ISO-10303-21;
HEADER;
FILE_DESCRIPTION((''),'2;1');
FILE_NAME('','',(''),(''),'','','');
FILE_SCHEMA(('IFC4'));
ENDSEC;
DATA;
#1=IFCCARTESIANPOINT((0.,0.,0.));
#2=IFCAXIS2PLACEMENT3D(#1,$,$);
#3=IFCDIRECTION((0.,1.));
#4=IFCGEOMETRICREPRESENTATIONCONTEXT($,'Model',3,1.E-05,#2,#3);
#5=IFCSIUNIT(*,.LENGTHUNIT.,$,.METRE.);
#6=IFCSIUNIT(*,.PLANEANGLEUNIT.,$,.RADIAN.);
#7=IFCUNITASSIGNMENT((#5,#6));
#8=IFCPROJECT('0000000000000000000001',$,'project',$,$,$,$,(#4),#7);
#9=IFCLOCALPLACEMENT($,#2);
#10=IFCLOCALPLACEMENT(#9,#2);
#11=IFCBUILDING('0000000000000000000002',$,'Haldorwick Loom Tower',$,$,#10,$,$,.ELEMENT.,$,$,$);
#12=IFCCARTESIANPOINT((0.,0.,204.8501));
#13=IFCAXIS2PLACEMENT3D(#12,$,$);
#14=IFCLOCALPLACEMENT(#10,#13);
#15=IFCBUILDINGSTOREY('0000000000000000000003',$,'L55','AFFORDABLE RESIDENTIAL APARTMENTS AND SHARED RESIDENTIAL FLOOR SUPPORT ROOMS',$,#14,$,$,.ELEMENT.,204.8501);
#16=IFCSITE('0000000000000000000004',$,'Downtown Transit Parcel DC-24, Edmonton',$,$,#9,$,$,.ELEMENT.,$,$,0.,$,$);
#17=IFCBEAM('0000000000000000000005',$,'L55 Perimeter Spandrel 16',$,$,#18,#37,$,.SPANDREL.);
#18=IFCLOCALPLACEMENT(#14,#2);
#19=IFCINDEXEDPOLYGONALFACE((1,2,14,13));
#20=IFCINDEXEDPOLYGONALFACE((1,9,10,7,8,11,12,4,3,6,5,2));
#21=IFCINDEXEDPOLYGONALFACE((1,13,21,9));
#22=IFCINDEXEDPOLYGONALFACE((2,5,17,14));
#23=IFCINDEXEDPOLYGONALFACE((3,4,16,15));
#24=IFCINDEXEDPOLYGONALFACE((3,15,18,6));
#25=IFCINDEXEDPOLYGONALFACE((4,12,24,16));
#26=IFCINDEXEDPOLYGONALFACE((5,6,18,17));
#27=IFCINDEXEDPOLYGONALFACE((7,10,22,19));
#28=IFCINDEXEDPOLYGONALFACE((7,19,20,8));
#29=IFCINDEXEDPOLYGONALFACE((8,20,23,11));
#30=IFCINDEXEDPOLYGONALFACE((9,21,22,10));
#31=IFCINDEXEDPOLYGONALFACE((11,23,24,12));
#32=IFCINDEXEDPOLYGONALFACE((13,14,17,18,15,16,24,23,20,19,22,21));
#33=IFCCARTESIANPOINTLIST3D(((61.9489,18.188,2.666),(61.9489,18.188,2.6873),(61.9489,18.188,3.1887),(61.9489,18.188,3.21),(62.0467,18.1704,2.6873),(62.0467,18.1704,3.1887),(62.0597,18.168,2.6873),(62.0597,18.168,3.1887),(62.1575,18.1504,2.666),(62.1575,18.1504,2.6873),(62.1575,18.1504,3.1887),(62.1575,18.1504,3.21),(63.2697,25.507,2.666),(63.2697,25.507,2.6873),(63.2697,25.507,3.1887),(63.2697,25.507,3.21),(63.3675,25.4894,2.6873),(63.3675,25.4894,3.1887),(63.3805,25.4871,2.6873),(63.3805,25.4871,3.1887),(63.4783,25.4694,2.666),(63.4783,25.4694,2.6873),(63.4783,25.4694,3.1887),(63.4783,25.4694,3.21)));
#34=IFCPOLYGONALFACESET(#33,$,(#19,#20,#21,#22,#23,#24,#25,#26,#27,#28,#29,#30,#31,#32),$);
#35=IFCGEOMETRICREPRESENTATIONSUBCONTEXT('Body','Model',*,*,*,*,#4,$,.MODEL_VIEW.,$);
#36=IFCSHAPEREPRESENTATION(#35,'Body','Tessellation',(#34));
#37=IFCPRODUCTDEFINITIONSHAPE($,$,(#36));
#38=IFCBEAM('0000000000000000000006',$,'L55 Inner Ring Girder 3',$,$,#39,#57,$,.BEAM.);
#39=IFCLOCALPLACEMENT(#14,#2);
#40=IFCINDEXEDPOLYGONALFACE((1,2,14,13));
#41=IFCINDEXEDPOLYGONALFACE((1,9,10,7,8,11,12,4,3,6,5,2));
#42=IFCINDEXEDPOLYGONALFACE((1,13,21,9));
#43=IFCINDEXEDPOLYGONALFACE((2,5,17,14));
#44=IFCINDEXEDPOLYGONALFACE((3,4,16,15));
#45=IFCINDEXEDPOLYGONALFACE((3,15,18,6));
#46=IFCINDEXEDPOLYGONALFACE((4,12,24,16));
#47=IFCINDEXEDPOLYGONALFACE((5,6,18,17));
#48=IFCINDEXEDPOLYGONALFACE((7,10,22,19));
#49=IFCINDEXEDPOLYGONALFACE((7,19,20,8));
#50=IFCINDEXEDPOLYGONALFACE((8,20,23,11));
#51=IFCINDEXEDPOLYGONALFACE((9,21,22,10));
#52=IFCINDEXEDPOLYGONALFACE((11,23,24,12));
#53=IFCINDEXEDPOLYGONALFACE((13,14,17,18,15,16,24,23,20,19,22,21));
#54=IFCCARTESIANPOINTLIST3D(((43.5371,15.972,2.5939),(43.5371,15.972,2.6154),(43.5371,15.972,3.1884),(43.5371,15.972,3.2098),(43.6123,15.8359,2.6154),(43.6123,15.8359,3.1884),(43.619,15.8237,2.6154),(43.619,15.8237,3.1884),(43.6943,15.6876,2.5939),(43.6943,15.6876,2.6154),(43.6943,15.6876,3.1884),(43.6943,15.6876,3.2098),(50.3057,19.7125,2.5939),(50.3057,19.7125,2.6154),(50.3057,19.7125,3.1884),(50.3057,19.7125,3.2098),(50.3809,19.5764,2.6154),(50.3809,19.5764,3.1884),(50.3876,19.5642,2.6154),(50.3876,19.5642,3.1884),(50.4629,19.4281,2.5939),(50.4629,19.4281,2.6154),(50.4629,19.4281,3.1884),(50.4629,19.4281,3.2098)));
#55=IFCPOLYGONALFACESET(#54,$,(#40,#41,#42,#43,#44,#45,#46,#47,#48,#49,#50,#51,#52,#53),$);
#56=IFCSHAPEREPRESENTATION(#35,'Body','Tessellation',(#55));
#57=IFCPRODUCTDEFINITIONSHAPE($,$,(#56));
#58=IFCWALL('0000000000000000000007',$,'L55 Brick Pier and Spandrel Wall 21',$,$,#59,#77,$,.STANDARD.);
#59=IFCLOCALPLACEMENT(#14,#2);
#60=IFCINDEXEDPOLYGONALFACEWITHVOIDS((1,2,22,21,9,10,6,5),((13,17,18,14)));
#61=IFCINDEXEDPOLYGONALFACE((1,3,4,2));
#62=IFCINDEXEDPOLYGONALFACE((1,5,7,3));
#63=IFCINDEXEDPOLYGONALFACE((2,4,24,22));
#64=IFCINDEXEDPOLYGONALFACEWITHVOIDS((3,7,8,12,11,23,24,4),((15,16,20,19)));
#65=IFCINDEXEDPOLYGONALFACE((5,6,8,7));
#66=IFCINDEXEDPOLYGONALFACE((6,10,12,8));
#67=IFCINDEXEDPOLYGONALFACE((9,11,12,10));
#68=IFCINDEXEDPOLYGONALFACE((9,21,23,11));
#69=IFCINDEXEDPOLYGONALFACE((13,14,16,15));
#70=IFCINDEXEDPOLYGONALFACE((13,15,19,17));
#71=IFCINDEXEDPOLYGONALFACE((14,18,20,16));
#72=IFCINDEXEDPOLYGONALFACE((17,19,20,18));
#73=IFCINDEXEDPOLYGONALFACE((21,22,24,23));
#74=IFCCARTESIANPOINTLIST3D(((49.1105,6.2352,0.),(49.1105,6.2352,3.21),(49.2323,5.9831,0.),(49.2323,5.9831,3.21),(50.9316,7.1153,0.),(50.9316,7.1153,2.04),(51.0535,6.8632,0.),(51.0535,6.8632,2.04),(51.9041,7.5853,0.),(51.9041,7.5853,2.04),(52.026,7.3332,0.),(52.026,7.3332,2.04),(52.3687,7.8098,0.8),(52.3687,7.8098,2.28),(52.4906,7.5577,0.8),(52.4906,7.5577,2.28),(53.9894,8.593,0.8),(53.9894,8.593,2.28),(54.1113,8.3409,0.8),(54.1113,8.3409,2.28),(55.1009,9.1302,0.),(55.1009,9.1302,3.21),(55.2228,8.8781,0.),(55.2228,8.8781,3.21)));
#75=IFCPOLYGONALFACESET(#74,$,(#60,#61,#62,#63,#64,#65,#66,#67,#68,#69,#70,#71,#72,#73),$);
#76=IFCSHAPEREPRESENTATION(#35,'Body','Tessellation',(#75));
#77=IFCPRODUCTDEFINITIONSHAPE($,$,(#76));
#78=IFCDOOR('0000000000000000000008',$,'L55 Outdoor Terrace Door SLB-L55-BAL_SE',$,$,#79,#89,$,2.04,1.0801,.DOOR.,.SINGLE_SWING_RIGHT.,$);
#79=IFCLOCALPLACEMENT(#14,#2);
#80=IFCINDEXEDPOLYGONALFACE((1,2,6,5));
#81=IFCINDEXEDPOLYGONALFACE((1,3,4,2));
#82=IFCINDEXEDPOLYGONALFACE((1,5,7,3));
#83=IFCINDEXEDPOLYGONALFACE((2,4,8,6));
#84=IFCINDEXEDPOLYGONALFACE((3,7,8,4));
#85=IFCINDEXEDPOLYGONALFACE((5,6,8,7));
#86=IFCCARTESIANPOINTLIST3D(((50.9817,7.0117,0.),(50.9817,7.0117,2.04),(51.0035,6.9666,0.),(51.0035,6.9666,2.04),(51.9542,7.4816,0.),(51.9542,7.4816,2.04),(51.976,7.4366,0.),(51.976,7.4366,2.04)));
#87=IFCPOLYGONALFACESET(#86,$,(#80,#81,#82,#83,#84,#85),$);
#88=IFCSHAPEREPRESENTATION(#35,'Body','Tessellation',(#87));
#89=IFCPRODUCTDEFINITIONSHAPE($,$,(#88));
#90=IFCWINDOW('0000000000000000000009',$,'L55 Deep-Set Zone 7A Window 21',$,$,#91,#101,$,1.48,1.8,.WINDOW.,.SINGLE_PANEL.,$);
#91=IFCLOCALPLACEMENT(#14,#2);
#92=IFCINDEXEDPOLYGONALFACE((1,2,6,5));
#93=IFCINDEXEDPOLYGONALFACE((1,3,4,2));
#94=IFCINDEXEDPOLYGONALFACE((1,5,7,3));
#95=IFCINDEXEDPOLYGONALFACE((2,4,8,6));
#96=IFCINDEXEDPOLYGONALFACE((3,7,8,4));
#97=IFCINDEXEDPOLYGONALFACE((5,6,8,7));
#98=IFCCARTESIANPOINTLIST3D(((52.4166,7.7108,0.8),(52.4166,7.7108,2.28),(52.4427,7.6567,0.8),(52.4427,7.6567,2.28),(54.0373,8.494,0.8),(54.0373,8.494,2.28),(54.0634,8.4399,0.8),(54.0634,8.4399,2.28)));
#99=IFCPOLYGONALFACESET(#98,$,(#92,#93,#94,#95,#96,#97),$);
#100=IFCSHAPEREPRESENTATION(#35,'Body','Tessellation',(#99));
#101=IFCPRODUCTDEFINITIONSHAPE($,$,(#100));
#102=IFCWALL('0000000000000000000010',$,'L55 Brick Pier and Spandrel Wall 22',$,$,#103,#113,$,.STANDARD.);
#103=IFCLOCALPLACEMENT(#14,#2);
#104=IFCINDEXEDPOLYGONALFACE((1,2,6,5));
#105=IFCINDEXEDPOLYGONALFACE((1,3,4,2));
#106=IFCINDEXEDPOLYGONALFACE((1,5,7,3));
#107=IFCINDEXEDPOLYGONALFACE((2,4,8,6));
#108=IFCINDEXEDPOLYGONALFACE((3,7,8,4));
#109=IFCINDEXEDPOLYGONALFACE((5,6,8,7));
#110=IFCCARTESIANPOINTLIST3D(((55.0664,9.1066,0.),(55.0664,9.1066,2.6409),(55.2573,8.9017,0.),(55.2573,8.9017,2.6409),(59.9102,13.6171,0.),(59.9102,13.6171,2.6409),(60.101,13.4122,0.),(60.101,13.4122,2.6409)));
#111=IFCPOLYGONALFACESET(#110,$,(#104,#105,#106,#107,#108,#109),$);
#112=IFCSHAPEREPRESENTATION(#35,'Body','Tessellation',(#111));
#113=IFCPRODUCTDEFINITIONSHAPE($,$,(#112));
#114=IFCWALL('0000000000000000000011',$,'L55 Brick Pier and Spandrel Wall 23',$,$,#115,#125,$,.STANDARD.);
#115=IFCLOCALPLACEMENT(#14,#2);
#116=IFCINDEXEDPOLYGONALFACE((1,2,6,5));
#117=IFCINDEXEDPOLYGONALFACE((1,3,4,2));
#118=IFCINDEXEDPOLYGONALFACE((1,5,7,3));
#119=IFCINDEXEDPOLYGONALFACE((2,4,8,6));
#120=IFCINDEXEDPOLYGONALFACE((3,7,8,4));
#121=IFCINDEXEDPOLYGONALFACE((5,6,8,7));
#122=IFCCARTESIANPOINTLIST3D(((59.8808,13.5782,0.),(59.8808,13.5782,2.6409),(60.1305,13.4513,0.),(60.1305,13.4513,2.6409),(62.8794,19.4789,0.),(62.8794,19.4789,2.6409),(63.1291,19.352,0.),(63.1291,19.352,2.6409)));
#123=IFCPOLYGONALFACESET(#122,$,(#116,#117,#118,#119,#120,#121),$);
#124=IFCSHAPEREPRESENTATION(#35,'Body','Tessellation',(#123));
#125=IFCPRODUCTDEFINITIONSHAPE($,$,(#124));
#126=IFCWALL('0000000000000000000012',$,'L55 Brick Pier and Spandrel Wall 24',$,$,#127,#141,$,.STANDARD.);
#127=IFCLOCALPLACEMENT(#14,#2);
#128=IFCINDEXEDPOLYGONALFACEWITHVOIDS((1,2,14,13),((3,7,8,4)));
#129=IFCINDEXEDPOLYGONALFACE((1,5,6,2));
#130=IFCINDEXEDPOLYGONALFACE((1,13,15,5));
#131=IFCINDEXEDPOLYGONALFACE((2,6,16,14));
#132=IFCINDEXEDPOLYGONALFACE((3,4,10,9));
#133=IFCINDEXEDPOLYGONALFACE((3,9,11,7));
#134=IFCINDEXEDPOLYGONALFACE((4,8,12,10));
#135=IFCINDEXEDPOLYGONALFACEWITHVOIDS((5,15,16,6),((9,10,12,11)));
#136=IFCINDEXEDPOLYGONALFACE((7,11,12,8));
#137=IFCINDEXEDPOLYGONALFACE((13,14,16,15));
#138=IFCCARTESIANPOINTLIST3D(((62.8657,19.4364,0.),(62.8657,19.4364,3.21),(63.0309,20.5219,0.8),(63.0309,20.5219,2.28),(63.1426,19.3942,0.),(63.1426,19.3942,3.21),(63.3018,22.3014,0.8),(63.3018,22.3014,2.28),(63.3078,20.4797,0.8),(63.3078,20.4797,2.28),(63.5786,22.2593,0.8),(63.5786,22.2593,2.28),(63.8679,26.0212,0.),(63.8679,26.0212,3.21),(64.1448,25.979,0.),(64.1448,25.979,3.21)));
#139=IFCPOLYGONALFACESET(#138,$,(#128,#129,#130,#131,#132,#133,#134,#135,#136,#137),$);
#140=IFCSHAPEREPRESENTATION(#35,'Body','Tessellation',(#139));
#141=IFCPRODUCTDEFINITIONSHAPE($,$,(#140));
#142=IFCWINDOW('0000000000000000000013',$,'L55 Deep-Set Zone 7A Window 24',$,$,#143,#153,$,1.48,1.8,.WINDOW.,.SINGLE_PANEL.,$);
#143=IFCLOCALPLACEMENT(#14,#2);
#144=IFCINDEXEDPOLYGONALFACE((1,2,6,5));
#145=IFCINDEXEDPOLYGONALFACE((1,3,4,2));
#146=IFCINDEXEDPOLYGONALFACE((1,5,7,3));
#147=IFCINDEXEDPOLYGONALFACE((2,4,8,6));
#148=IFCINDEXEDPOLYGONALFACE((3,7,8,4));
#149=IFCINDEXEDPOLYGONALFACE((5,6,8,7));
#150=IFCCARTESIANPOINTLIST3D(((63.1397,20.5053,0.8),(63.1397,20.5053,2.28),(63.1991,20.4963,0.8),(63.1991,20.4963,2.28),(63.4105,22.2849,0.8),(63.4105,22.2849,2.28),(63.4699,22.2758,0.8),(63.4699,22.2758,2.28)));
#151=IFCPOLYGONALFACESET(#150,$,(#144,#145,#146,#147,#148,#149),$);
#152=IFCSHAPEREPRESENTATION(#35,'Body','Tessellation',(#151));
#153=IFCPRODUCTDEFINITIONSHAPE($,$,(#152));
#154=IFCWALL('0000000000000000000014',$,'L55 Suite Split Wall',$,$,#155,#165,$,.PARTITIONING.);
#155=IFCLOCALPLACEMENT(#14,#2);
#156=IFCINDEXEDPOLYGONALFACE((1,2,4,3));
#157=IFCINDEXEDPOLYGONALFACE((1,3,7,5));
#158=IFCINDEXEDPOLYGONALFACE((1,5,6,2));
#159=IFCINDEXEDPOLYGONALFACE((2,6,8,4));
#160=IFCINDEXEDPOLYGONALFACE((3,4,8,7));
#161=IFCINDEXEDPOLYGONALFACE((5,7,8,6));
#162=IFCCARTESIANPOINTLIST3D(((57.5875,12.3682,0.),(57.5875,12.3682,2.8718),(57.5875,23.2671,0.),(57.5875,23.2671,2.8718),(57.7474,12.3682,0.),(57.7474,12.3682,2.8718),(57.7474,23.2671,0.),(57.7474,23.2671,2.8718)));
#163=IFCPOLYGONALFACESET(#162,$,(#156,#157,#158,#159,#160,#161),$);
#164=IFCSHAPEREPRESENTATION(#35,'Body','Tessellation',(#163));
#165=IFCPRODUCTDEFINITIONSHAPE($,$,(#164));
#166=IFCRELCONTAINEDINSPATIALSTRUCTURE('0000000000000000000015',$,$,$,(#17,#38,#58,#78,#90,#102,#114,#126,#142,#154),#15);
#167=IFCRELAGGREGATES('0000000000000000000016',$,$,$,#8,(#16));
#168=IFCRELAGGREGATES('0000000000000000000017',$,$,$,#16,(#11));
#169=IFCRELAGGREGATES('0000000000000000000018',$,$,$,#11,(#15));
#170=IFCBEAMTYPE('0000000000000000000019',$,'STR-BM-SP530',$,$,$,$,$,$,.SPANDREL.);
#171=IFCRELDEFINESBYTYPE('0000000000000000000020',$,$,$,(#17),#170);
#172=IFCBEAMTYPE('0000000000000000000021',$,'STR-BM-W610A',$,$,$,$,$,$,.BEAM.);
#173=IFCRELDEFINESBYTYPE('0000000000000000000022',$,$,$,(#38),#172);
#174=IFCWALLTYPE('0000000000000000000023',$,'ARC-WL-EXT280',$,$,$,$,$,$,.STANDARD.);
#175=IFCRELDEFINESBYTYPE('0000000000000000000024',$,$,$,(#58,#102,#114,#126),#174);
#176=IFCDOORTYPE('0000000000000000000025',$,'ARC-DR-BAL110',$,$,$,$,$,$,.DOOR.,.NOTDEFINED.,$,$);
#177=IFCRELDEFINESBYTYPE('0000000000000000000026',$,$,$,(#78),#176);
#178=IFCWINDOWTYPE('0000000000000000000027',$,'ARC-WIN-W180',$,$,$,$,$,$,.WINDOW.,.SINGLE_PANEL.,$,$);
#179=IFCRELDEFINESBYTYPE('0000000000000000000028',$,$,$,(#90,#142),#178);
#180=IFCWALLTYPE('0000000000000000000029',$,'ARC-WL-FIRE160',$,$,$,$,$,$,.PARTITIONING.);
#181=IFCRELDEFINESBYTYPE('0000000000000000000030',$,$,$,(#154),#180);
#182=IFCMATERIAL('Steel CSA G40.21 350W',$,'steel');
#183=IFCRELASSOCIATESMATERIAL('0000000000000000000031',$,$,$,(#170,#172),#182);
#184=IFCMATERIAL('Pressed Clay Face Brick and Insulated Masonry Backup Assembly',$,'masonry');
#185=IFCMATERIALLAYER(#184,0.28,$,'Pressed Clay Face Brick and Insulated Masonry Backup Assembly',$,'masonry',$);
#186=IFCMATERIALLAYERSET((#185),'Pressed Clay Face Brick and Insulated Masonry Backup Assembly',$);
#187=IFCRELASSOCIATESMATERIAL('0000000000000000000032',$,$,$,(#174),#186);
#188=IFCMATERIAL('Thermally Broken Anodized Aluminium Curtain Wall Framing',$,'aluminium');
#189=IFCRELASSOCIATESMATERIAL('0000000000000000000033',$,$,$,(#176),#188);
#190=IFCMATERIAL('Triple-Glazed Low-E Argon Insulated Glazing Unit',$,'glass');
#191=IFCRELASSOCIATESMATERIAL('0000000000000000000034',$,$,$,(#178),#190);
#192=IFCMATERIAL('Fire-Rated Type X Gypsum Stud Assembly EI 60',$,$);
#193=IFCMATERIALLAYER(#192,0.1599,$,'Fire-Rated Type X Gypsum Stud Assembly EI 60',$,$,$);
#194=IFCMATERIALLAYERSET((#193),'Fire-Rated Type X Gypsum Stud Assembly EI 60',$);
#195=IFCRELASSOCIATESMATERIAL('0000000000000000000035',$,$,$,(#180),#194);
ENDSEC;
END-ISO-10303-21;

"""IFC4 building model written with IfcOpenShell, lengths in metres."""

from ifc_helpers import new_model, si_unit, direction, frame, frame_2d, origin, origin_2d, place, context, subcontext, project, spatial, rectangle, i_section, extrude, material, layer, layer_set, material_profile, profile_set, type_object, element, fill, save


model = new_model("IFC4")

# Units and contexts
model_context = context("Model", 3, precision=1e-05, world=origin(), true_north=direction((0.0, 1.0)))
body_context = subcontext(model_context, "Body", "Model", "MODEL_VIEW")
ifc_project = project(units=[si_unit("LENGTHUNIT", "METRE"), si_unit("PLANEANGLEUNIT", "RADIAN")], contexts=[model_context])

# Site, building, storey
site_placement = place(None, origin())
site = spatial("IfcSite", under=ifc_project, at=site_placement, Name="Downtown Transit Parcel DC-24, Edmonton", CompositionType="ELEMENT", RefElevation=0.0)
building_placement = place(site_placement, origin())
building = spatial("IfcBuilding", under=site, at=building_placement, Name="Haldorwick Loom Tower", CompositionType="ELEMENT")
storey_placement = place(building_placement, frame((0.0, 0.0, 204.8501)))
storey = spatial("IfcBuildingStorey", under=building, at=storey_placement, Name="L55", Description="AFFORDABLE RESIDENTIAL APARTMENTS AND SHARED RESIDENTIAL FLOOR SUPPORT ROOMS", CompositionType="ELEMENT", Elevation=204.8501)

# Beams
ifc_material_1 = material(Name="Steel CSA G40.21 350W", Category="steel")
ifc_material_profile_1 = material_profile(ifc_material_1, i_section(OverallWidth=0.2119, OverallDepth=0.5439, WebThickness=0.0132, FlangeThickness=0.0212, at=origin_2d()), Name="W530X123", Category="steel")
ifc_profile_set_1 = profile_set([ifc_material_profile_1], Name="Steel CSA G40.21 350W")
beam_type_1 = type_object("IfcBeamType", Name="STR-BM-SP530", PredefinedType="SPANDREL", material=ifc_profile_set_1)
beam_1_placement = place(storey_placement, frame((62.0532, 18.1692, 2.938), z_axis=(0.177591, 0.984104, 0.0), x_axis=(-0.984104, 0.177591, 0.0)))
element("IfcBeam", 1, at=beam_1_placement, inside=storey, type_object=beam_type_1, Name="L55 Perimeter Spandrel 16", PredefinedType="SPANDREL", context=body_context, shape_type="SweptSolid", body=[
    extrude(i_section(OverallWidth=0.2119, OverallDepth=0.5439, WebThickness=0.0132, FlangeThickness=0.0212, at=origin_2d()), origin(), (0.0, 0.0, 1.0), 7.4373),
])
ifc_material_profile_2 = material_profile(ifc_material_1, i_section(OverallWidth=0.325, OverallDepth=0.616, WebThickness=0.0139, FlangeThickness=0.0215, at=origin_2d()), Name="W610X174", Category="steel")
ifc_profile_set_2 = profile_set([ifc_material_profile_2], Name="Steel CSA G40.21 350W")
beam_type_2 = type_object("IfcBeamType", Name="STR-BM-W610A", PredefinedType="BEAM", material=ifc_profile_set_2)
beam_2_placement = place(storey_placement, frame((50.3843, 19.5703, 2.9019), z_axis=(-0.875244, -0.483682, 0.0), x_axis=(0.483682, -0.875244, 0.0)))
element("IfcBeam", 2, at=beam_2_placement, inside=storey, type_object=beam_type_2, Name="L55 Inner Ring Girder 3", PredefinedType="BEAM", context=body_context, shape_type="SweptSolid", body=[
    extrude(i_section(OverallWidth=0.325, OverallDepth=0.616, WebThickness=0.0139, FlangeThickness=0.0215, at=origin_2d()), origin(), (0.0, 0.0, 1.0), 7.7334),
])

# Wall, openings, door, window
ifc_material_2 = material(Name="Pressed Clay Face Brick and Insulated Masonry Backup Assembly", Category="masonry")
ifc_layer_1 = layer(ifc_material_2, 0.28, Name="Pressed Clay Face Brick and Insulated Masonry Backup Assembly", Category="masonry")
ifc_layer_set_1 = layer_set([ifc_layer_1], Name="Pressed Clay Face Brick and Insulated Masonry Backup Assembly")
wall_type_1 = type_object("IfcWallType", Name="ARC-WL-EXT280", PredefinedType="STANDARD", material=ifc_layer_set_1)
wall_1_placement = place(storey_placement, frame((49.1714, 6.1091, 0.0), z_axis=(0.0, 0.0, 1.0), x_axis=(0.900371, 0.435123, 0.0)))
wall_1 = element("IfcWall", 3, at=wall_1_placement, inside=storey, type_object=wall_type_1, Name="L55 Brick Pier and Spandrel Wall 21", PredefinedType="STANDARD", context=body_context, shape_type="SweptSolid", body=[
    extrude(rectangle(XDim=6.6533, YDim=0.28, at=frame_2d((3.3267, 0.0))), origin(), (0.0, 0.0, 1.0), 3.21),
])
opening_1_placement = place(wall_1_placement, frame((2.0227, 0.0, 0.0)))
opening_1 = element("IfcOpeningElement", 4, at=opening_1_placement, cuts=wall_1, PredefinedType="OPENING", context=body_context, shape_type="SweptSolid", body=[
    extrude(rectangle(XDim=1.0801, YDim=2.04, at=frame_2d((0.54, 1.02))), frame((0.0, 0.1499, 0.0), z_axis=(0.0, -1.0, 0.0), x_axis=(1.0, 0.0, 0.0)), (0.0, 0.0, 1.0), 0.3),
])
opening_2_placement = place(wall_1_placement, frame((3.6189, 0.0, 0.8)))
opening_2 = element("IfcOpeningElement", 5, at=opening_2_placement, cuts=wall_1, PredefinedType="OPENING", context=body_context, shape_type="SweptSolid", body=[
    extrude(rectangle(XDim=1.8, YDim=1.48, at=frame_2d((0.8999, 0.74))), frame((0.0, 0.1499, 0.0), z_axis=(0.0, -1.0, 0.0), x_axis=(1.0, 0.0, 0.0)), (0.0, 0.0, 1.0), 0.3),
])
ifc_material_3 = material(Name="Thermally Broken Anodized Aluminium Curtain Wall Framing", Category="aluminium")
door_type = type_object("IfcDoorType", Name="ARC-DR-BAL110", OperationType="NOTDEFINED", PredefinedType="DOOR", material=ifc_material_3)
door_placement = place(opening_1_placement, origin())
door = element("IfcDoor", 6, at=door_placement, inside=storey, type_object=door_type, Name="L55 Outdoor Terrace Door SLB-L55-BAL_SE", OperationType="SINGLE_SWING_RIGHT", OverallHeight=2.04, OverallWidth=1.0801, PredefinedType="DOOR", context=body_context, shape_type="SweptSolid", body=[
    extrude(rectangle(XDim=1.0801, YDim=2.04, at=frame_2d((0.54, 1.02))), frame((0.0, 0.0249, 0.0), z_axis=(0.0, -1.0, 0.0), x_axis=(1.0, 0.0, 0.0)), (0.0, 0.0, 1.0), 0.05),
])
fill(opening_1, door)
ifc_material_4 = material(Name="Triple-Glazed Low-E Argon Insulated Glazing Unit", Category="glass")
window_type = type_object("IfcWindowType", Name="ARC-WIN-W180", PartitioningType="SINGLE_PANEL", PredefinedType="WINDOW", material=ifc_material_4)
window_1_placement = place(opening_2_placement, origin())
window_1 = element("IfcWindow", 7, at=window_1_placement, inside=storey, type_object=window_type, Name="L55 Deep-Set Zone 7A Window 21", OverallHeight=1.48, OverallWidth=1.8, PartitioningType="SINGLE_PANEL", PredefinedType="WINDOW", context=body_context, shape_type="SweptSolid", body=[
    extrude(rectangle(XDim=1.8, YDim=1.48, at=frame_2d((0.8999, 0.74))), frame((0.0, 0.03, 0.0), z_axis=(0.0, -1.0, 0.0), x_axis=(1.0, 0.0, 0.0)), (0.0, 0.0, 1.0), 0.0601),
])
fill(opening_2, window_1)

# Walls
wall_2_placement = place(storey_placement, frame((55.1619, 9.0042, 0.0), z_axis=(0.0, 0.0, 1.0), x_axis=(0.731834, 0.681483, 0.0)))
element("IfcWall", 8, at=wall_2_placement, inside=storey, type_object=wall_type_1, Name="L55 Brick Pier and Spandrel Wall 22", PredefinedType="STANDARD", context=body_context, shape_type="SweptSolid", body=[
    extrude(rectangle(XDim=6.6187, YDim=0.28, at=frame_2d((3.3093, 0.0))), origin(), (0.0, 0.0, 1.0), 2.6409),
])
wall_3_placement = place(storey_placement, frame((60.0056, 13.5146, 0.0), z_axis=(0.0, 0.0, 1.0), x_axis=(0.453032, 0.891494, 0.0)))
element("IfcWall", 9, at=wall_3_placement, inside=storey, type_object=wall_type_1, Name="L55 Brick Pier and Spandrel Wall 23", PredefinedType="STANDARD", context=body_context, shape_type="SweptSolid", body=[
    extrude(rectangle(XDim=6.6189, YDim=0.28, at=frame_2d((3.3096, 0.0))), origin(), (0.0, 0.0, 1.0), 2.6409),
])

# Wall, opening, window
wall_4_placement = place(storey_placement, frame((63.0042, 19.4153, 0.0), z_axis=(0.0, 0.0, 1.0), x_axis=(0.150468, 0.988615, 0.0)))
wall_4 = element("IfcWall", 10, at=wall_4_placement, inside=storey, type_object=wall_type_1, Name="L55 Brick Pier and Spandrel Wall 24", PredefinedType="STANDARD", context=body_context, shape_type="SweptSolid", body=[
    extrude(rectangle(XDim=6.6606, YDim=0.28, at=frame_2d((3.3303, 0.0))), origin(), (0.0, 0.0, 1.0), 3.21),
])
opening_3_placement = place(wall_4_placement, frame((1.0981, 0.0, 0.8)))
opening_3 = element("IfcOpeningElement", 11, at=opening_3_placement, cuts=wall_4, PredefinedType="OPENING", context=body_context, shape_type="SweptSolid", body=[
    extrude(rectangle(XDim=1.8, YDim=1.48, at=frame_2d((0.8999, 0.74))), frame((0.0, 0.1499, 0.0), z_axis=(0.0, -1.0, 0.0), x_axis=(1.0, 0.0, 0.0)), (0.0, 0.0, 1.0), 0.3),
])
window_2_placement = place(opening_3_placement, origin())
window_2 = element("IfcWindow", 12, at=window_2_placement, inside=storey, type_object=window_type, Name="L55 Deep-Set Zone 7A Window 24", OverallHeight=1.48, OverallWidth=1.8, PartitioningType="SINGLE_PANEL", PredefinedType="WINDOW", context=body_context, shape_type="SweptSolid", body=[
    extrude(rectangle(XDim=1.8, YDim=1.48, at=frame_2d((0.8999, 0.74))), frame((0.0, 0.03, 0.0), z_axis=(0.0, -1.0, 0.0), x_axis=(1.0, 0.0, 0.0)), (0.0, 0.0, 1.0), 0.0601),
])
fill(opening_3, window_2)

# Wall
ifc_material_5 = material(Name="Fire-Rated Type X Gypsum Stud Assembly EI 60")
ifc_layer_2 = layer(ifc_material_5, 0.1599, Name="Fire-Rated Type X Gypsum Stud Assembly EI 60")
ifc_layer_set_2 = layer_set([ifc_layer_2], Name="Fire-Rated Type X Gypsum Stud Assembly EI 60")
wall_type_2 = type_object("IfcWallType", Name="ARC-WL-FIRE160", PredefinedType="PARTITIONING", material=ifc_layer_set_2)
wall_5_placement = place(storey_placement, frame((57.6675, 12.3682, 0.0), z_axis=(0.0, 0.0, 1.0), x_axis=(0.0, 1.0, 0.0)))
element("IfcWall", 13, at=wall_5_placement, inside=storey, type_object=wall_type_2, Name="L55 Suite Split Wall", PredefinedType="PARTITIONING", context=body_context, shape_type="SweptSolid", body=[
    extrude(rectangle(XDim=10.8989, YDim=0.1599, at=frame_2d((5.4495, 0.0))), origin(), (0.0, 0.0, 1.0), 2.8718),
])

save(model, "model.ifc")
